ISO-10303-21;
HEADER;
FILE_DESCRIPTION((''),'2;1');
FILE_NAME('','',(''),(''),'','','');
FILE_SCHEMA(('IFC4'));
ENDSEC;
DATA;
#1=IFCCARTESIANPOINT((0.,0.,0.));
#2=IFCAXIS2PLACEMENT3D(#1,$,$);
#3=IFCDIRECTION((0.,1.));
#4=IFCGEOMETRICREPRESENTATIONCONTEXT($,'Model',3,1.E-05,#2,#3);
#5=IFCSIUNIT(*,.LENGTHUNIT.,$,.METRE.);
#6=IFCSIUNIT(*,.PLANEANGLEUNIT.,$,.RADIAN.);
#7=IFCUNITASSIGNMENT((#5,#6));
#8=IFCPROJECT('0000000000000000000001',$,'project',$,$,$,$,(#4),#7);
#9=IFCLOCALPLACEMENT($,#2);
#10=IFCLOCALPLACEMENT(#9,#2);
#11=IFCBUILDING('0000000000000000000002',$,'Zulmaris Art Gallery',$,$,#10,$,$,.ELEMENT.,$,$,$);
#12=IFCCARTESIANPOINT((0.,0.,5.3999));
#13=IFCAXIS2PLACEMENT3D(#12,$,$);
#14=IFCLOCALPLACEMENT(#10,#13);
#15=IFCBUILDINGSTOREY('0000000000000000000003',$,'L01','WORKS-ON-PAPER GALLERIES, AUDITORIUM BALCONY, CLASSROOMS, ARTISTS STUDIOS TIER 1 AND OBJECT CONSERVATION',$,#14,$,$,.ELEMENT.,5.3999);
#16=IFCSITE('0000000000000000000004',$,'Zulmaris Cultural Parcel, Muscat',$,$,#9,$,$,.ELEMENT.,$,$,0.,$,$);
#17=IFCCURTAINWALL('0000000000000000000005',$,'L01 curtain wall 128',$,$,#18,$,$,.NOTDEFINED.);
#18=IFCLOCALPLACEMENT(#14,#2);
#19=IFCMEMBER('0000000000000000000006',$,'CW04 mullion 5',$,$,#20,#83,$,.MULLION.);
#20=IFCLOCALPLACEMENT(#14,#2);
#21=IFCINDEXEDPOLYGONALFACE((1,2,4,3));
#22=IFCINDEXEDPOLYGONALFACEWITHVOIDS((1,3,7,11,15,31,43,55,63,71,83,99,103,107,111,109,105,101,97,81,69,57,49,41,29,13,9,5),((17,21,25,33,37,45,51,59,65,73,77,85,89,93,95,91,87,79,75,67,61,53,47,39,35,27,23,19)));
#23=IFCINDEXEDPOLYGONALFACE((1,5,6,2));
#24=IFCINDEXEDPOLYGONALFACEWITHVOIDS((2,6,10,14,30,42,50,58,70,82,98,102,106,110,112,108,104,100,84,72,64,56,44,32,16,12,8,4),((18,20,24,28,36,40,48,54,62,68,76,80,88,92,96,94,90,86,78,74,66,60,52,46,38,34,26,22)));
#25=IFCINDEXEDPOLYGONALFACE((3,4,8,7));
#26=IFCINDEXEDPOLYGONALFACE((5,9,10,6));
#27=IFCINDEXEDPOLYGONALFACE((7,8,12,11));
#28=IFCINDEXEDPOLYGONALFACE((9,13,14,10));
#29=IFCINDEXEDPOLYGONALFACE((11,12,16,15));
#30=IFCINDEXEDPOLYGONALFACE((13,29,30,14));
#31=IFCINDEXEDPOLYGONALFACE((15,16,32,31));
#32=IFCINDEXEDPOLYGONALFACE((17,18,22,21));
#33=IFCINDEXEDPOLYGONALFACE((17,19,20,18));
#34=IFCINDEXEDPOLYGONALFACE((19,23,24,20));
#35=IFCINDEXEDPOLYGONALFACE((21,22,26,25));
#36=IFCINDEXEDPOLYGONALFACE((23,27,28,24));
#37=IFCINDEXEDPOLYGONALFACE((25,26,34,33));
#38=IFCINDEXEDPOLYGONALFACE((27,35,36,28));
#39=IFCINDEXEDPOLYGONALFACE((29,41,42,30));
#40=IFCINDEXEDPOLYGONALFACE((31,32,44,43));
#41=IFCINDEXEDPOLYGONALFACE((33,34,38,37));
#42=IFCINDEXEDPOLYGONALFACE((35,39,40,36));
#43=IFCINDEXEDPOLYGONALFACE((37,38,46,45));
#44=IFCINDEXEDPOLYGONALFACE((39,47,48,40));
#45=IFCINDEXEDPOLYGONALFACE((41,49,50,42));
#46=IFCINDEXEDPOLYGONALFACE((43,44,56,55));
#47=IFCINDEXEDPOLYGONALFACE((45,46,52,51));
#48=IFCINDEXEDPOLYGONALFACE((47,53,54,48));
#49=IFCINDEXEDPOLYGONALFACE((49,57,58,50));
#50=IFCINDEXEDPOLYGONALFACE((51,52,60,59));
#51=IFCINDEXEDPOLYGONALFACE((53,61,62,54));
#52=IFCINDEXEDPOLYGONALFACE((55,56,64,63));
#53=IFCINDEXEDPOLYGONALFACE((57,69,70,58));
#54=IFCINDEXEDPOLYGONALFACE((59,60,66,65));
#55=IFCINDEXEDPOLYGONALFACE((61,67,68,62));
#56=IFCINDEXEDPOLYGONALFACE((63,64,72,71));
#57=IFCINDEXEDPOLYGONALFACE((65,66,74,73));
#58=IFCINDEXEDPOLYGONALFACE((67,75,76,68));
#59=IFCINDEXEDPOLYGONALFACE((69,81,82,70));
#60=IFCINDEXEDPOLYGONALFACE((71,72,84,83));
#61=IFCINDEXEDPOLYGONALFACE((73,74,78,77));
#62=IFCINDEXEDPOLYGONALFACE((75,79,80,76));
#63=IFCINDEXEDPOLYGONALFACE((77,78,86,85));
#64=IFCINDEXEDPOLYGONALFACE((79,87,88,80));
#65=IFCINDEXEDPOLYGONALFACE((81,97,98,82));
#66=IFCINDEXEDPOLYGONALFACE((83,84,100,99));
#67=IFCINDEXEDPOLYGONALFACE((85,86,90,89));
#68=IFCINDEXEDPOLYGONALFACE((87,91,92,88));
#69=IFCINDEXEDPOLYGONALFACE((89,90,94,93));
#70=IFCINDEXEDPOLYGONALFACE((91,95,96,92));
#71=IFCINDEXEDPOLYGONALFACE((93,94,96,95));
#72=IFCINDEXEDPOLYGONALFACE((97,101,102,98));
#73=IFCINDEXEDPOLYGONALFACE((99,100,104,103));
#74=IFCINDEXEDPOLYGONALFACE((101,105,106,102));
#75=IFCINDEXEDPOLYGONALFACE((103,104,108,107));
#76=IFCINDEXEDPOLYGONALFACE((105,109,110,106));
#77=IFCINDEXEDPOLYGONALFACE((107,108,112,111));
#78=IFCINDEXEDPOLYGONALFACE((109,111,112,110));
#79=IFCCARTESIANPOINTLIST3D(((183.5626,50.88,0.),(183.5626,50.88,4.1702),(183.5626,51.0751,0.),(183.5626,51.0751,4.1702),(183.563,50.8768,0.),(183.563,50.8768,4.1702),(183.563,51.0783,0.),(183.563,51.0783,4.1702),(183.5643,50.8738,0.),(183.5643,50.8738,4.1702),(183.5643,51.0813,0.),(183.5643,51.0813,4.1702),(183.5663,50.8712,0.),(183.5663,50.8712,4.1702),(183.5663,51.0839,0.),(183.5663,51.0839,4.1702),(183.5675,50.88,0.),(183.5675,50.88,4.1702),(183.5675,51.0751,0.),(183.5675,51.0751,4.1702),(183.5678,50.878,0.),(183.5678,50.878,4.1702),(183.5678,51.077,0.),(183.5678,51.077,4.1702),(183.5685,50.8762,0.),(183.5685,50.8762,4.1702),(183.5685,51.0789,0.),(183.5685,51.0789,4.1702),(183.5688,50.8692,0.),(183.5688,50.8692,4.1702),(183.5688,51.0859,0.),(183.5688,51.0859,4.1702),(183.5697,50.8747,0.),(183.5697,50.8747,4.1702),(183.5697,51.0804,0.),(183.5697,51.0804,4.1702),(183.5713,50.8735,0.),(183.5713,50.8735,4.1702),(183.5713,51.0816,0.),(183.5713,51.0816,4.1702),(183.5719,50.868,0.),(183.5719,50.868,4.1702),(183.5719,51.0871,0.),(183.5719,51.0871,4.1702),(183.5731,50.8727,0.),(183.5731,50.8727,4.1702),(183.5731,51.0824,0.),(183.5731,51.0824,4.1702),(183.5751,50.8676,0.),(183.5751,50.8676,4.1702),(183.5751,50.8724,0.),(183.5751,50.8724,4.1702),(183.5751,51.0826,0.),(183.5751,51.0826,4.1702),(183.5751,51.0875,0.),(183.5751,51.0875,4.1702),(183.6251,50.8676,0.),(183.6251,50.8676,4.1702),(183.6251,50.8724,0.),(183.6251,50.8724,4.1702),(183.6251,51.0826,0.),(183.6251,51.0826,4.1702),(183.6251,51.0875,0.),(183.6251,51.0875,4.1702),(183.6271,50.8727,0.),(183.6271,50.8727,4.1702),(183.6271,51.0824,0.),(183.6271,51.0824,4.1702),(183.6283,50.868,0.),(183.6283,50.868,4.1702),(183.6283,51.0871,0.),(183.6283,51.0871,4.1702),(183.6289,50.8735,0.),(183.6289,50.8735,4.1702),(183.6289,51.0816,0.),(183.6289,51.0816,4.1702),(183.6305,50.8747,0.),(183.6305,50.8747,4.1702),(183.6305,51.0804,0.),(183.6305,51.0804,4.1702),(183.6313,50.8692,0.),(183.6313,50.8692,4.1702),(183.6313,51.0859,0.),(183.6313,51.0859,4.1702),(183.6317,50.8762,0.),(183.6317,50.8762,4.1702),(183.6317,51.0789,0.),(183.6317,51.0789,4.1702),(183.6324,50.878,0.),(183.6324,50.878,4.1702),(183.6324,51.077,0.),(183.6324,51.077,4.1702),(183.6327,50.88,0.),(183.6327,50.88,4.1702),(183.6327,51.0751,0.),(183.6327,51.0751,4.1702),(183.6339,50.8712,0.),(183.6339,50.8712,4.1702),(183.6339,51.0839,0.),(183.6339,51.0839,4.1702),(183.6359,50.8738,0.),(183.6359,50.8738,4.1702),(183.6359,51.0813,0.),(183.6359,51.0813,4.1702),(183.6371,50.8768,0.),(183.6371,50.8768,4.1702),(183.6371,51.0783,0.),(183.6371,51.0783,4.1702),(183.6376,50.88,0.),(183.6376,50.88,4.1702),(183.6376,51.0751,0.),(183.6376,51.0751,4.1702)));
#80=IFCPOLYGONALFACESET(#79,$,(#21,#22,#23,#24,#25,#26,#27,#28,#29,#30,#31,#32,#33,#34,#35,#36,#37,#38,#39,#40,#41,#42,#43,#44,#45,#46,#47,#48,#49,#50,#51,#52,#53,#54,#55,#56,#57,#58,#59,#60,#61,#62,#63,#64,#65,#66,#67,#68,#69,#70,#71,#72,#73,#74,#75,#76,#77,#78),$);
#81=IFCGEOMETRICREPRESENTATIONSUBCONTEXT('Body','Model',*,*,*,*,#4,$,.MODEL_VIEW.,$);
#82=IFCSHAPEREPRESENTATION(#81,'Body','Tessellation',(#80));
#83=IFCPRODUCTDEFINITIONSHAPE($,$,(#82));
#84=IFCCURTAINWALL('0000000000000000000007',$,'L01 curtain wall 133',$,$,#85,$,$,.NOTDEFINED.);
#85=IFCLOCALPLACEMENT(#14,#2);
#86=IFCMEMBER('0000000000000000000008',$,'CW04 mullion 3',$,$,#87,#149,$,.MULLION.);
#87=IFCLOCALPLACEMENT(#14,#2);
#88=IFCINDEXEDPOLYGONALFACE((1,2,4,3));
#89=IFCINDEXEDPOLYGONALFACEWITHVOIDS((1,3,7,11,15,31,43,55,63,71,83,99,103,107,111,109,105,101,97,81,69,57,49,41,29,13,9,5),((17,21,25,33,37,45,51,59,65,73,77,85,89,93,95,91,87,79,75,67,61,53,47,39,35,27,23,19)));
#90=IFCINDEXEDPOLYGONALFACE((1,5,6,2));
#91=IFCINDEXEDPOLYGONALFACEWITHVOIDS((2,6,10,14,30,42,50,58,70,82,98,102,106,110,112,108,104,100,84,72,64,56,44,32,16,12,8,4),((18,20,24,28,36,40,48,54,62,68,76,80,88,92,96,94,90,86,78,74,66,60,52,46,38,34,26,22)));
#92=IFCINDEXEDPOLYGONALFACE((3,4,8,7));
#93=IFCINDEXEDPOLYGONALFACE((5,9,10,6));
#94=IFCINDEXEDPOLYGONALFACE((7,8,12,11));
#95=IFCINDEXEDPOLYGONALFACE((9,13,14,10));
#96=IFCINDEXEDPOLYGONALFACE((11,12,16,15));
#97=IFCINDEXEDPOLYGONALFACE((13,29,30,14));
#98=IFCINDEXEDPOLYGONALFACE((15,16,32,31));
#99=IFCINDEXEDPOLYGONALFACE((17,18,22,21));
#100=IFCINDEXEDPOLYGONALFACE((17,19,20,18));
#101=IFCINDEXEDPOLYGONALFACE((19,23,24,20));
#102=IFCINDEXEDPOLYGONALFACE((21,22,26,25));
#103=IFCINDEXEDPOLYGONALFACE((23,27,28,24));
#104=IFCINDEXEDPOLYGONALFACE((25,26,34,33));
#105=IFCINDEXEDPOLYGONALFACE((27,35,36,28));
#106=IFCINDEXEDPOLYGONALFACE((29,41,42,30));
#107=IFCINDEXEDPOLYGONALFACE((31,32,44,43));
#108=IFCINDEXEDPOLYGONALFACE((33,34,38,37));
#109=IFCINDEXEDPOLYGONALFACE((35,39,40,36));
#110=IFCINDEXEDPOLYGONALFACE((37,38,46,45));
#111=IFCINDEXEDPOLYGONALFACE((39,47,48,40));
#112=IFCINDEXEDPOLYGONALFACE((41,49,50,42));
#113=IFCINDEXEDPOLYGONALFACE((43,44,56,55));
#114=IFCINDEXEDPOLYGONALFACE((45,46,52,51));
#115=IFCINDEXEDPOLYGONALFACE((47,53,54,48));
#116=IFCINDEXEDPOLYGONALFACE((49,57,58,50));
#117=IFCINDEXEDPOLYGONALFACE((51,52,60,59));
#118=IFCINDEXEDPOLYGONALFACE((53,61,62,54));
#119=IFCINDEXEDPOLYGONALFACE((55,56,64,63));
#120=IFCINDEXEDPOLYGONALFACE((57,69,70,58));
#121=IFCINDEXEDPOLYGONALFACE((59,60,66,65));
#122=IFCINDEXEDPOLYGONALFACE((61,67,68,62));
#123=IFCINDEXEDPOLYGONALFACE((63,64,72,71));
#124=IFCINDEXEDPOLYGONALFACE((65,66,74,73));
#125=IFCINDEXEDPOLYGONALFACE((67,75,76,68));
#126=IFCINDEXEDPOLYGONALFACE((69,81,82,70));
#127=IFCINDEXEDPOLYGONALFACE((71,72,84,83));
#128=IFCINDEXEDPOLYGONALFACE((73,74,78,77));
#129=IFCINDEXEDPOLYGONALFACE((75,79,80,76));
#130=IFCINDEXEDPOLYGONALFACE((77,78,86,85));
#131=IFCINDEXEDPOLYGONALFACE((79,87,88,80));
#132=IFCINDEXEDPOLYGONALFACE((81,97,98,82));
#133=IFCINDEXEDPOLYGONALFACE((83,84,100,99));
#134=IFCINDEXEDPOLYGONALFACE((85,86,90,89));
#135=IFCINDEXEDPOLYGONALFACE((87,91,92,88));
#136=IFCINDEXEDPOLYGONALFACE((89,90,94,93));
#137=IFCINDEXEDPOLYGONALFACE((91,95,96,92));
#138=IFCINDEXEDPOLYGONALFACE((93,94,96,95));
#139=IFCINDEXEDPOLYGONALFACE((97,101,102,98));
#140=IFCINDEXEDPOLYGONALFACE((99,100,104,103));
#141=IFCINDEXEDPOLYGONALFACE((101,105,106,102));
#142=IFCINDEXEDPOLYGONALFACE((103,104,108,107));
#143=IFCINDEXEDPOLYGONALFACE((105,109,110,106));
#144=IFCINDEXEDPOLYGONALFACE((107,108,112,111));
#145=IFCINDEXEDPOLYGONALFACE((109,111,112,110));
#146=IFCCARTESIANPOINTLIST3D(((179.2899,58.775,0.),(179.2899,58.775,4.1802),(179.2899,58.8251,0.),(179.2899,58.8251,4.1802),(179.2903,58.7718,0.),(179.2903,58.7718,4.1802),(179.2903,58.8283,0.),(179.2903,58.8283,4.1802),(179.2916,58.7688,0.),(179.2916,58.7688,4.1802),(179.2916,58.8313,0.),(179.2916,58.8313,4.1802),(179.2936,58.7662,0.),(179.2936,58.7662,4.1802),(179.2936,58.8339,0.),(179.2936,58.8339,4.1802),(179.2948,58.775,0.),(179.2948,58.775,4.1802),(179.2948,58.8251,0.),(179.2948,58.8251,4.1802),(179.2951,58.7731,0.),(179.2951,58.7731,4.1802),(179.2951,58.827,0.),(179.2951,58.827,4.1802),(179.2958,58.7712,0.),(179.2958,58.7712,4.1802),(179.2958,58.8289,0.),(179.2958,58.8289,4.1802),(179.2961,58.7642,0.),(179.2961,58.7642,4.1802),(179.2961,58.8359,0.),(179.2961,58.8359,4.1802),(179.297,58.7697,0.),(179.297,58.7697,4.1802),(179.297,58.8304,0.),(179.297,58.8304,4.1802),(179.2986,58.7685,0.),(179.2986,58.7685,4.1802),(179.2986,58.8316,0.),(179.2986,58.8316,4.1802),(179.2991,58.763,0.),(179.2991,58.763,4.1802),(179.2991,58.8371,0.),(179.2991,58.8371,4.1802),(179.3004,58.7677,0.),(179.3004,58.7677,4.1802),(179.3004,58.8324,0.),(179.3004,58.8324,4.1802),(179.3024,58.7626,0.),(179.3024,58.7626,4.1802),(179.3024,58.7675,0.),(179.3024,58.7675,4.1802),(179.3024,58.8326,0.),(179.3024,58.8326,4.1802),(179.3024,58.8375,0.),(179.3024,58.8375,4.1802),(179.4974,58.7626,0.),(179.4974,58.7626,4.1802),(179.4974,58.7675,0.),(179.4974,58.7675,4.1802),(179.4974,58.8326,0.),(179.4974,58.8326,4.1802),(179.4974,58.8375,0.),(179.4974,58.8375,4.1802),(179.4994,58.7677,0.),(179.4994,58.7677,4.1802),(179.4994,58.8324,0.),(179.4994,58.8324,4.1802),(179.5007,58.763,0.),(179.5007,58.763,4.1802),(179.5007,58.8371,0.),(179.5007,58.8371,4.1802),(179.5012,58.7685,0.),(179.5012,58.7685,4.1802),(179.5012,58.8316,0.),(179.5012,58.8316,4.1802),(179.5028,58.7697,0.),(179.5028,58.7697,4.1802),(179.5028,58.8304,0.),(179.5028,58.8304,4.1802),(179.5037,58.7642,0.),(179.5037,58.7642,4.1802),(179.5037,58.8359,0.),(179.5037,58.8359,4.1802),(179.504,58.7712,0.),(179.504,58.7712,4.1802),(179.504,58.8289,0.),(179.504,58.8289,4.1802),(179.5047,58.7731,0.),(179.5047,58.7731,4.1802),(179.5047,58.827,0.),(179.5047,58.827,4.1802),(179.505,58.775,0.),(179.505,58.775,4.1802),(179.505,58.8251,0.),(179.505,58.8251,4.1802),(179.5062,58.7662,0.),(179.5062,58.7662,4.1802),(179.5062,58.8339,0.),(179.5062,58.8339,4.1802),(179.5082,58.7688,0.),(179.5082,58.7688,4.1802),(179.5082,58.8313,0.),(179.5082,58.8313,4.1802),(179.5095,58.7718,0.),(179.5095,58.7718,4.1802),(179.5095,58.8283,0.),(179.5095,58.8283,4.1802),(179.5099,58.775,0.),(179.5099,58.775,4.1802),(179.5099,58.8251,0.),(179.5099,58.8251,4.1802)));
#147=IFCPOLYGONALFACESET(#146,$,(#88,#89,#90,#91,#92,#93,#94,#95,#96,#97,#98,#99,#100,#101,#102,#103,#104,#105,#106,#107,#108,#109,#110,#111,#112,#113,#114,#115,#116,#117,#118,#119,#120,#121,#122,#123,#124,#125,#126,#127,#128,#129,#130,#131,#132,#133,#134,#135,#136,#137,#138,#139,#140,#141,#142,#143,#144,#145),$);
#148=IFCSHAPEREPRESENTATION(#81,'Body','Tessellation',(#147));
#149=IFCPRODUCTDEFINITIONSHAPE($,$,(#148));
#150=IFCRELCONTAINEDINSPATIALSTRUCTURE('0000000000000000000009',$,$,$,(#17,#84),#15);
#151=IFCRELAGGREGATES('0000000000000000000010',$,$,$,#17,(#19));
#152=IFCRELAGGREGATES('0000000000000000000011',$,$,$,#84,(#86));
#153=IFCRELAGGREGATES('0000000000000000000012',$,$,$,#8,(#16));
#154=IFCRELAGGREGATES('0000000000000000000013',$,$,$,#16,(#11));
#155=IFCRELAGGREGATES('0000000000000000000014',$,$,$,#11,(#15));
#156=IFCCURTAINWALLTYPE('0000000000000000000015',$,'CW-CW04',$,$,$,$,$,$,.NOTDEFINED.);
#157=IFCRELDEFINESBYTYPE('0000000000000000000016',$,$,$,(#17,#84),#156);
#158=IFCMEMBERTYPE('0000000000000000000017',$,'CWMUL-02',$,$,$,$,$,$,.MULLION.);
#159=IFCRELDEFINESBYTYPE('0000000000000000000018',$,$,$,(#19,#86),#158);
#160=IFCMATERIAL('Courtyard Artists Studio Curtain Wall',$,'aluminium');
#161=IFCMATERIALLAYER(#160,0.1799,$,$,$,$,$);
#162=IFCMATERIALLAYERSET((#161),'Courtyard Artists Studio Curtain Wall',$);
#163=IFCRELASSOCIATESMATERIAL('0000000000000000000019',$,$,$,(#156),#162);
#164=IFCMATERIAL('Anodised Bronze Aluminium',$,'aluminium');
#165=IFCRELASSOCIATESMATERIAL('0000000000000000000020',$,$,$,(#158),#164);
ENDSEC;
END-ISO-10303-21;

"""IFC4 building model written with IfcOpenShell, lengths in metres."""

from ifc_helpers import new_model, si_unit, direction, frame, origin, origin_2d, place, context, subcontext, project, spatial, hollow_rectangle, extrude, material, layer, layer_set, material_profile, profile_set, type_object, element, aggregate, save


model = new_model("IFC4")

# Units and contexts
model_context = context("Model", 3, precision=1e-05, world=origin(), true_north=direction((0.0, 1.0)))
body_context = subcontext(model_context, "Body", "Model", "MODEL_VIEW")
ifc_project = project(units=[si_unit("LENGTHUNIT", "METRE"), si_unit("PLANEANGLEUNIT", "RADIAN")], contexts=[model_context])

# Site, building, storey
site_placement = place(None, origin())
site = spatial("IfcSite", under=ifc_project, at=site_placement, Name="Zulmaris Cultural Parcel, Muscat", CompositionType="ELEMENT", RefElevation=0.0)
building_placement = place(site_placement, origin())
building = spatial("IfcBuilding", under=site, at=building_placement, Name="Zulmaris Art Gallery", CompositionType="ELEMENT")
storey_placement = place(building_placement, frame((0.0, 0.0, 5.3999)))
storey = spatial("IfcBuildingStorey", under=building, at=storey_placement, Name="L01", Description="WORKS-ON-PAPER GALLERIES, AUDITORIUM BALCONY, CLASSROOMS, ARTISTS STUDIOS TIER 1 AND OBJECT CONSERVATION", CompositionType="ELEMENT", Elevation=5.3999)

# Curtain wall, member
ifc_material_1 = material(Name="Courtyard Artists Studio Curtain Wall", Category="aluminium")
ifc_layer_1 = layer(ifc_material_1, 0.1799)
ifc_layer_set_1 = layer_set([ifc_layer_1], Name="Courtyard Artists Studio Curtain Wall")
curtain_wall_type = type_object("IfcCurtainWallType", Name="CW-CW04", PredefinedType="NOTDEFINED", material=ifc_layer_set_1)
ifc_material_2 = material(Name="Anodised Bronze Aluminium", Category="aluminium")
ifc_material_profile_1 = material_profile(ifc_material_2, hollow_rectangle(XDim=0.075, YDim=0.22, WallThickness=0.0049, InnerFilletRadius=0.0076, OuterFilletRadius=0.0125, at=origin_2d()), Name="ALU 75x220x5")
ifc_profile_set_1 = profile_set([ifc_material_profile_1], Name="Anodised Bronze Aluminium")
member_type_1 = type_object("IfcMemberType", Name="CWMUL-02", PredefinedType="MULLION", material=ifc_profile_set_1)
curtain_wall_1_placement = place(storey_placement, origin())
curtain_wall_1 = element("IfcCurtainWall", 1, at=curtain_wall_1_placement, inside=storey, type_object=curtain_wall_type, Name="L01 curtain wall 128", PredefinedType="NOTDEFINED")
member_1_placement = place(storey_placement, frame((183.6001, 50.9775, 0.0), z_axis=(0.0, 0.0, 1.0), x_axis=(1.0, 0.0, 0.0)))
member_1 = element("IfcMember", 2, at=member_1_placement, type_object=member_type_1, Name="CW04 mullion 5", PredefinedType="MULLION", context=body_context, shape_type="SweptSolid", body=[
    extrude(hollow_rectangle(XDim=0.075, YDim=0.22, WallThickness=0.0049, InnerFilletRadius=0.0076, OuterFilletRadius=0.0125, at=origin_2d()), origin(), (0.0, 0.0, 1.0), 4.1702),
])

# Curtain wall, member
curtain_wall_2_placement = place(storey_placement, origin())
curtain_wall_2 = element("IfcCurtainWall", 3, at=curtain_wall_2_placement, inside=storey, type_object=curtain_wall_type, Name="L01 curtain wall 133", PredefinedType="NOTDEFINED")
member_2_placement = place(storey_placement, frame((179.3999, 58.8, 0.0), z_axis=(0.0, 0.0, 1.0), x_axis=(0.0, -1.0, 0.0)))
member_2 = element("IfcMember", 4, at=member_2_placement, type_object=member_type_1, Name="CW04 mullion 3", PredefinedType="MULLION", context=body_context, shape_type="SweptSolid", body=[
    extrude(hollow_rectangle(XDim=0.075, YDim=0.22, WallThickness=0.0049, InnerFilletRadius=0.0076, OuterFilletRadius=0.0125, at=origin_2d()), origin(), (0.0, 0.0, 1.0), 4.1802),
])

aggregate(curtain_wall_1, [member_1])
aggregate(curtain_wall_2, [member_2])

save(model, "model.ifc")
